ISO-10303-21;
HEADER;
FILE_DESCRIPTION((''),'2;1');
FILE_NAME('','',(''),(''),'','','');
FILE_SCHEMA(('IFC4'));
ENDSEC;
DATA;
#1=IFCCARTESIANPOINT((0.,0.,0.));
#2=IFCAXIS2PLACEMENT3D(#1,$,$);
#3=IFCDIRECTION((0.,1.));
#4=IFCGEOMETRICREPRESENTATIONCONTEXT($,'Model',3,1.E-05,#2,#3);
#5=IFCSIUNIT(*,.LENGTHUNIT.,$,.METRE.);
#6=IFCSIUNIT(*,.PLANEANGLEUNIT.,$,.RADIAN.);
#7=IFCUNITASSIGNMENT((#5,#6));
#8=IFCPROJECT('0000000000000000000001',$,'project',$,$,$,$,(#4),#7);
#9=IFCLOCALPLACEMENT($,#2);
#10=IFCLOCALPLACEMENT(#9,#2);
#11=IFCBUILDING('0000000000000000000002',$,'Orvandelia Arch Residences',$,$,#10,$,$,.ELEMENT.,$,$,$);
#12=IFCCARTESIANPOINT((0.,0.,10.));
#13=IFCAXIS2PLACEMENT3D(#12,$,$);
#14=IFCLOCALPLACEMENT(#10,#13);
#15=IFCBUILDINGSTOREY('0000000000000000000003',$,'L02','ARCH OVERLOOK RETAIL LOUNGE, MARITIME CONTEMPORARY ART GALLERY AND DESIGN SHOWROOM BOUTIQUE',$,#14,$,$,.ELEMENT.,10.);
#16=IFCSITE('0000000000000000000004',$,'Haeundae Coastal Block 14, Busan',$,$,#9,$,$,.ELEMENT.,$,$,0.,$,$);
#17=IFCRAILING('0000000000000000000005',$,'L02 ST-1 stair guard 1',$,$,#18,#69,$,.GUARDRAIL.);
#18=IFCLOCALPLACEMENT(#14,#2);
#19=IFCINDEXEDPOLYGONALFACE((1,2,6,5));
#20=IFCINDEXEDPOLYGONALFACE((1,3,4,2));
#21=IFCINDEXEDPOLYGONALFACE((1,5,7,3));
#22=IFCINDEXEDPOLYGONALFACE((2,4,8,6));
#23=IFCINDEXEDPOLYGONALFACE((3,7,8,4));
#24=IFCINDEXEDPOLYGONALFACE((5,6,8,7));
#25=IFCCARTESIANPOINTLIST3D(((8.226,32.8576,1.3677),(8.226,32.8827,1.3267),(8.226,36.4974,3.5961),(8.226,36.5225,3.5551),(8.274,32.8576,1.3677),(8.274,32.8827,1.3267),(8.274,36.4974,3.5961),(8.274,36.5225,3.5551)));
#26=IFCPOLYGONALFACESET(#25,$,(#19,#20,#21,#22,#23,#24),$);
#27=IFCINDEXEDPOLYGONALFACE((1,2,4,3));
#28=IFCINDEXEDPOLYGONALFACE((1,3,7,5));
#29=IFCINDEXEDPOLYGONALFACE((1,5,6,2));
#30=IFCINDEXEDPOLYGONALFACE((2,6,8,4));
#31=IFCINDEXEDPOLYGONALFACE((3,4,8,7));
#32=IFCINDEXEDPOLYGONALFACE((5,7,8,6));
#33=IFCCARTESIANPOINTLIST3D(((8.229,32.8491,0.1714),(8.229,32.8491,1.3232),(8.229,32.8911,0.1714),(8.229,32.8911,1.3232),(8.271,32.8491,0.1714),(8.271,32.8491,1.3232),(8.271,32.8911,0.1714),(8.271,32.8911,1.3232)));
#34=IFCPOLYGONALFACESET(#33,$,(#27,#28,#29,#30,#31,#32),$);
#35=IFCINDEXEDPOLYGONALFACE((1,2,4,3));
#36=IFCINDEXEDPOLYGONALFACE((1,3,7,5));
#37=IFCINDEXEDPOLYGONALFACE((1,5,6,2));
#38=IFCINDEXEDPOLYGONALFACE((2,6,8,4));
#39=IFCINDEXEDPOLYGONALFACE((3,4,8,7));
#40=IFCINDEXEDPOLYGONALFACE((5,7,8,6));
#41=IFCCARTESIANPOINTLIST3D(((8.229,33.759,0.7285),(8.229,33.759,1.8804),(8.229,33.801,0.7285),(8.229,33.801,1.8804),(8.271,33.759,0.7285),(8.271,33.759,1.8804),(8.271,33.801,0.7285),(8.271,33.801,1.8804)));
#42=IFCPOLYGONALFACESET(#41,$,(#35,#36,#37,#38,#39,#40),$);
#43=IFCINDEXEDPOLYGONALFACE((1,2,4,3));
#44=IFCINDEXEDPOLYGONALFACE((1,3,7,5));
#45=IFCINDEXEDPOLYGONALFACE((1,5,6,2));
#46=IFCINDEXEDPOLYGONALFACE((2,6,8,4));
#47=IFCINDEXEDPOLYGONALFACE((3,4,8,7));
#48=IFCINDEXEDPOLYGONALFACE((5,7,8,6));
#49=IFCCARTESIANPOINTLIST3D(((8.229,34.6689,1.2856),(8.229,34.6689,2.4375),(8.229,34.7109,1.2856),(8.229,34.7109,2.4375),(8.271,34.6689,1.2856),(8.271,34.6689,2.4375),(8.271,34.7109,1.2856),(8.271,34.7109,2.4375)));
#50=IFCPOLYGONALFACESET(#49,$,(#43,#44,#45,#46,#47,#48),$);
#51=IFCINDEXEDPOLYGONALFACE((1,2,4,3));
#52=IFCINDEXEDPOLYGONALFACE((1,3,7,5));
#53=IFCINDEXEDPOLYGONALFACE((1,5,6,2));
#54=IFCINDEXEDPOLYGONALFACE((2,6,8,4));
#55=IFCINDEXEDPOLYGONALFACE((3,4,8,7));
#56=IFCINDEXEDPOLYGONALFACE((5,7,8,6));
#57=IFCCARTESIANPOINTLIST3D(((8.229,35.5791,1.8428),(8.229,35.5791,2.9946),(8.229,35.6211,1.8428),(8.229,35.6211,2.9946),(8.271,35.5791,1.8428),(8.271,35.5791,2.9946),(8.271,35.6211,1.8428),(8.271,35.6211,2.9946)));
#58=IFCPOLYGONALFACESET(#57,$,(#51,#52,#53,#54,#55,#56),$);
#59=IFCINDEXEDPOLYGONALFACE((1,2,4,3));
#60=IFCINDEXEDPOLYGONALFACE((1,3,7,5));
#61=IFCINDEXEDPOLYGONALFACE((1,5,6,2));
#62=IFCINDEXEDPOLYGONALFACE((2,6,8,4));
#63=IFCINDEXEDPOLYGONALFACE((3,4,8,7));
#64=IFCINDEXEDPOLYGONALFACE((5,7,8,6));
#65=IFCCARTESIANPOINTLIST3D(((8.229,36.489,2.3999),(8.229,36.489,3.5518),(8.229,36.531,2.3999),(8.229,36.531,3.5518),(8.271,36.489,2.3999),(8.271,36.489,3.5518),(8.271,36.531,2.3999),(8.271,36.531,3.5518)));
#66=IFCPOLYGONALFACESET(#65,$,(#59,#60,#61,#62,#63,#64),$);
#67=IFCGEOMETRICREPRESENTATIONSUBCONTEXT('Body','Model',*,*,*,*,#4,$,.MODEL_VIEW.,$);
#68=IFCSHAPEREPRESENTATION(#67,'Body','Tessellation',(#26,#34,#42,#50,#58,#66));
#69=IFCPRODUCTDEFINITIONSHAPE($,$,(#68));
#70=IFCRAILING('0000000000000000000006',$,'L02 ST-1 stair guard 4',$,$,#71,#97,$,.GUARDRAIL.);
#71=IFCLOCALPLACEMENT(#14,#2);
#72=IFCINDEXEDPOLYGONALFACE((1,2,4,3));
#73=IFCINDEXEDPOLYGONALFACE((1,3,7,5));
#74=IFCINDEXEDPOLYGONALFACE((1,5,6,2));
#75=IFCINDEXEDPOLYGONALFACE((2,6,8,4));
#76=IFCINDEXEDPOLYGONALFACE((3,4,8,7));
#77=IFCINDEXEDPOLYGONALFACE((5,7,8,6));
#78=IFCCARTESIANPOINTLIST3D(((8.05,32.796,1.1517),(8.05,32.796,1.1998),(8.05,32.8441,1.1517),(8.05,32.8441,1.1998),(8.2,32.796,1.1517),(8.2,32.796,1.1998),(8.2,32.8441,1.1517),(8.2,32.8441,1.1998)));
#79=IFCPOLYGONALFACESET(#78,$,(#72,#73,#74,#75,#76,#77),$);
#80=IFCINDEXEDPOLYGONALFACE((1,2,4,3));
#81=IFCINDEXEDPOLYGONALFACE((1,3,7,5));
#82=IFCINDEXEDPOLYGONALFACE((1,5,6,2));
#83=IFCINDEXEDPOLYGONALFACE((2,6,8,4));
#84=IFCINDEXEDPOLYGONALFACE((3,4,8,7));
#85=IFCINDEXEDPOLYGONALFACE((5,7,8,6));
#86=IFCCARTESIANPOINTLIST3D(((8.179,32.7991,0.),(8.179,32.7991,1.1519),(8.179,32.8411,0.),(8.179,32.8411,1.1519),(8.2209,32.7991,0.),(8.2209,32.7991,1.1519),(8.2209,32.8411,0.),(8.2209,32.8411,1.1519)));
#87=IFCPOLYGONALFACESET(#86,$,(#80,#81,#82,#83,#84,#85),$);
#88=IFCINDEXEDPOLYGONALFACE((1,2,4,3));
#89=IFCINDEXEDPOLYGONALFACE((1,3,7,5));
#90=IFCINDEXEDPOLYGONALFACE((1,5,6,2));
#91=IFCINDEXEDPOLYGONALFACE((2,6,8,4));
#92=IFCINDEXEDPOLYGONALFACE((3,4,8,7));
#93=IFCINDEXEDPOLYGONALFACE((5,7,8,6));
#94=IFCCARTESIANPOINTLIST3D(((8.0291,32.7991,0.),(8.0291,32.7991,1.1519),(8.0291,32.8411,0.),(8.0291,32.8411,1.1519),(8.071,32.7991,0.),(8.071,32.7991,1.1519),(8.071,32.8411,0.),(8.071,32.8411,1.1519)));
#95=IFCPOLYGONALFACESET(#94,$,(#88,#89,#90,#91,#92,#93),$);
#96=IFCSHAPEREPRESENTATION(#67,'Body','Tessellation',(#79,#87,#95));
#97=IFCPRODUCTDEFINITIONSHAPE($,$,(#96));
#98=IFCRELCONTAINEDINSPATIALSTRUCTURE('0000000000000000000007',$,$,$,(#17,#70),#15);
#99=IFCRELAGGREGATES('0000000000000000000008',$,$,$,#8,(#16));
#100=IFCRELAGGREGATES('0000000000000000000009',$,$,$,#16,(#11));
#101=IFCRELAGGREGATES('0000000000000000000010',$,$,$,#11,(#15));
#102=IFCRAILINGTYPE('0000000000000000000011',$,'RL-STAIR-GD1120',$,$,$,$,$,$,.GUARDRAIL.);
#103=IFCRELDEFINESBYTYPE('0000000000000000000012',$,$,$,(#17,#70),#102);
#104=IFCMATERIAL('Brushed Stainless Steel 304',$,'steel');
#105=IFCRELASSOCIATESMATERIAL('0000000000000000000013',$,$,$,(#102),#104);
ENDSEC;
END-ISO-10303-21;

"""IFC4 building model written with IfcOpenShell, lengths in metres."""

from ifc_helpers import new_model, si_unit, direction, frame, origin, origin_2d, place, context, subcontext, project, spatial, rectangle, extrude, material, type_object, element, save


model = new_model("IFC4")

# Units and contexts
model_context = context("Model", 3, precision=1e-05, world=origin(), true_north=direction((0.0, 1.0)))
body_context = subcontext(model_context, "Body", "Model", "MODEL_VIEW")
ifc_project = project(units=[si_unit("LENGTHUNIT", "METRE"), si_unit("PLANEANGLEUNIT", "RADIAN")], contexts=[model_context])

# Site, building, storey
site_placement = place(None, origin())
site = spatial("IfcSite", under=ifc_project, at=site_placement, Name="Haeundae Coastal Block 14, Busan", CompositionType="ELEMENT", RefElevation=0.0)
building_placement = place(site_placement, origin())
building = spatial("IfcBuilding", under=site, at=building_placement, Name="Orvandelia Arch Residences", CompositionType="ELEMENT")
storey_placement = place(building_placement, frame((0.0, 0.0, 10.0)))
storey = spatial("IfcBuildingStorey", under=building, at=storey_placement, Name="L02", Description="ARCH OVERLOOK RETAIL LOUNGE, MARITIME CONTEMPORARY ART GALLERY AND DESIGN SHOWROOM BOUTIQUE", CompositionType="ELEMENT", Elevation=10.0)

# Railings
ifc_material_1 = material(Name="Brushed Stainless Steel 304", Category="steel")
railing_type = type_object("IfcRailingType", Name="RL-STAIR-GD1120", PredefinedType="GUARDRAIL", material=ifc_material_1)
railing_1_placement = place(storey_placement, frame((8.25, 32.8701, 0.1714)))
element("IfcRailing", 1, at=railing_1_placement, inside=storey, type_object=railing_type, Name="L02 ST-1 stair guard 1", PredefinedType="GUARDRAIL", context=body_context, shape_type="SweptSolid", body=[
    extrude(rectangle(XDim=0.0481, YDim=0.0481, at=origin_2d()), frame((0.0, 0.0, 1.1758), z_axis=(0.0, 0.85285, 0.522156), x_axis=(-1.0, 0.0, 0.0)), (0.0, 0.0, 1.0), 4.2678),
    extrude(rectangle(XDim=0.042, YDim=0.042, at=origin_2d()), origin(), (0.0, 0.0, 1.0), 1.1519),
    extrude(rectangle(XDim=0.042, YDim=0.042, at=origin_2d()), frame((0.0, 0.9099, 0.5571)), (0.0, 0.0, 1.0), 1.1519),
    extrude(rectangle(XDim=0.042, YDim=0.042, at=origin_2d()), frame((0.0, 1.8198, 1.1143)), (0.0, 0.0, 1.0), 1.1519),
    extrude(rectangle(XDim=0.042, YDim=0.042, at=origin_2d()), frame((0.0, 2.73, 1.6714)), (0.0, 0.0, 1.0), 1.1519),
    extrude(rectangle(XDim=0.042, YDim=0.042, at=origin_2d()), frame((0.0, 3.6399, 2.2285)), (0.0, 0.0, 1.0), 1.1519),
])
railing_2_placement = place(storey_placement, frame((8.2, 32.8201, 0.0)))
element("IfcRailing", 2, at=railing_2_placement, inside=storey, type_object=railing_type, Name="L02 ST-1 stair guard 4", PredefinedType="GUARDRAIL", context=body_context, shape_type="SweptSolid", body=[
    extrude(rectangle(XDim=0.0481, YDim=0.0481, at=origin_2d()), frame((0.0, 0.0, 1.1758), z_axis=(-1.0, 0.0, 0.0), x_axis=(0.0, -1.0, 0.0)), (0.0, 0.0, 1.0), 0.1499),
    extrude(rectangle(XDim=0.042, YDim=0.042, at=origin_2d()), origin(), (0.0, 0.0, 1.0), 1.1519),
    extrude(rectangle(XDim=0.042, YDim=0.042, at=origin_2d()), frame((-0.1499, 0.0, 0.0)), (0.0, 0.0, 1.0), 1.1519),
])

save(model, "model.ifc")
